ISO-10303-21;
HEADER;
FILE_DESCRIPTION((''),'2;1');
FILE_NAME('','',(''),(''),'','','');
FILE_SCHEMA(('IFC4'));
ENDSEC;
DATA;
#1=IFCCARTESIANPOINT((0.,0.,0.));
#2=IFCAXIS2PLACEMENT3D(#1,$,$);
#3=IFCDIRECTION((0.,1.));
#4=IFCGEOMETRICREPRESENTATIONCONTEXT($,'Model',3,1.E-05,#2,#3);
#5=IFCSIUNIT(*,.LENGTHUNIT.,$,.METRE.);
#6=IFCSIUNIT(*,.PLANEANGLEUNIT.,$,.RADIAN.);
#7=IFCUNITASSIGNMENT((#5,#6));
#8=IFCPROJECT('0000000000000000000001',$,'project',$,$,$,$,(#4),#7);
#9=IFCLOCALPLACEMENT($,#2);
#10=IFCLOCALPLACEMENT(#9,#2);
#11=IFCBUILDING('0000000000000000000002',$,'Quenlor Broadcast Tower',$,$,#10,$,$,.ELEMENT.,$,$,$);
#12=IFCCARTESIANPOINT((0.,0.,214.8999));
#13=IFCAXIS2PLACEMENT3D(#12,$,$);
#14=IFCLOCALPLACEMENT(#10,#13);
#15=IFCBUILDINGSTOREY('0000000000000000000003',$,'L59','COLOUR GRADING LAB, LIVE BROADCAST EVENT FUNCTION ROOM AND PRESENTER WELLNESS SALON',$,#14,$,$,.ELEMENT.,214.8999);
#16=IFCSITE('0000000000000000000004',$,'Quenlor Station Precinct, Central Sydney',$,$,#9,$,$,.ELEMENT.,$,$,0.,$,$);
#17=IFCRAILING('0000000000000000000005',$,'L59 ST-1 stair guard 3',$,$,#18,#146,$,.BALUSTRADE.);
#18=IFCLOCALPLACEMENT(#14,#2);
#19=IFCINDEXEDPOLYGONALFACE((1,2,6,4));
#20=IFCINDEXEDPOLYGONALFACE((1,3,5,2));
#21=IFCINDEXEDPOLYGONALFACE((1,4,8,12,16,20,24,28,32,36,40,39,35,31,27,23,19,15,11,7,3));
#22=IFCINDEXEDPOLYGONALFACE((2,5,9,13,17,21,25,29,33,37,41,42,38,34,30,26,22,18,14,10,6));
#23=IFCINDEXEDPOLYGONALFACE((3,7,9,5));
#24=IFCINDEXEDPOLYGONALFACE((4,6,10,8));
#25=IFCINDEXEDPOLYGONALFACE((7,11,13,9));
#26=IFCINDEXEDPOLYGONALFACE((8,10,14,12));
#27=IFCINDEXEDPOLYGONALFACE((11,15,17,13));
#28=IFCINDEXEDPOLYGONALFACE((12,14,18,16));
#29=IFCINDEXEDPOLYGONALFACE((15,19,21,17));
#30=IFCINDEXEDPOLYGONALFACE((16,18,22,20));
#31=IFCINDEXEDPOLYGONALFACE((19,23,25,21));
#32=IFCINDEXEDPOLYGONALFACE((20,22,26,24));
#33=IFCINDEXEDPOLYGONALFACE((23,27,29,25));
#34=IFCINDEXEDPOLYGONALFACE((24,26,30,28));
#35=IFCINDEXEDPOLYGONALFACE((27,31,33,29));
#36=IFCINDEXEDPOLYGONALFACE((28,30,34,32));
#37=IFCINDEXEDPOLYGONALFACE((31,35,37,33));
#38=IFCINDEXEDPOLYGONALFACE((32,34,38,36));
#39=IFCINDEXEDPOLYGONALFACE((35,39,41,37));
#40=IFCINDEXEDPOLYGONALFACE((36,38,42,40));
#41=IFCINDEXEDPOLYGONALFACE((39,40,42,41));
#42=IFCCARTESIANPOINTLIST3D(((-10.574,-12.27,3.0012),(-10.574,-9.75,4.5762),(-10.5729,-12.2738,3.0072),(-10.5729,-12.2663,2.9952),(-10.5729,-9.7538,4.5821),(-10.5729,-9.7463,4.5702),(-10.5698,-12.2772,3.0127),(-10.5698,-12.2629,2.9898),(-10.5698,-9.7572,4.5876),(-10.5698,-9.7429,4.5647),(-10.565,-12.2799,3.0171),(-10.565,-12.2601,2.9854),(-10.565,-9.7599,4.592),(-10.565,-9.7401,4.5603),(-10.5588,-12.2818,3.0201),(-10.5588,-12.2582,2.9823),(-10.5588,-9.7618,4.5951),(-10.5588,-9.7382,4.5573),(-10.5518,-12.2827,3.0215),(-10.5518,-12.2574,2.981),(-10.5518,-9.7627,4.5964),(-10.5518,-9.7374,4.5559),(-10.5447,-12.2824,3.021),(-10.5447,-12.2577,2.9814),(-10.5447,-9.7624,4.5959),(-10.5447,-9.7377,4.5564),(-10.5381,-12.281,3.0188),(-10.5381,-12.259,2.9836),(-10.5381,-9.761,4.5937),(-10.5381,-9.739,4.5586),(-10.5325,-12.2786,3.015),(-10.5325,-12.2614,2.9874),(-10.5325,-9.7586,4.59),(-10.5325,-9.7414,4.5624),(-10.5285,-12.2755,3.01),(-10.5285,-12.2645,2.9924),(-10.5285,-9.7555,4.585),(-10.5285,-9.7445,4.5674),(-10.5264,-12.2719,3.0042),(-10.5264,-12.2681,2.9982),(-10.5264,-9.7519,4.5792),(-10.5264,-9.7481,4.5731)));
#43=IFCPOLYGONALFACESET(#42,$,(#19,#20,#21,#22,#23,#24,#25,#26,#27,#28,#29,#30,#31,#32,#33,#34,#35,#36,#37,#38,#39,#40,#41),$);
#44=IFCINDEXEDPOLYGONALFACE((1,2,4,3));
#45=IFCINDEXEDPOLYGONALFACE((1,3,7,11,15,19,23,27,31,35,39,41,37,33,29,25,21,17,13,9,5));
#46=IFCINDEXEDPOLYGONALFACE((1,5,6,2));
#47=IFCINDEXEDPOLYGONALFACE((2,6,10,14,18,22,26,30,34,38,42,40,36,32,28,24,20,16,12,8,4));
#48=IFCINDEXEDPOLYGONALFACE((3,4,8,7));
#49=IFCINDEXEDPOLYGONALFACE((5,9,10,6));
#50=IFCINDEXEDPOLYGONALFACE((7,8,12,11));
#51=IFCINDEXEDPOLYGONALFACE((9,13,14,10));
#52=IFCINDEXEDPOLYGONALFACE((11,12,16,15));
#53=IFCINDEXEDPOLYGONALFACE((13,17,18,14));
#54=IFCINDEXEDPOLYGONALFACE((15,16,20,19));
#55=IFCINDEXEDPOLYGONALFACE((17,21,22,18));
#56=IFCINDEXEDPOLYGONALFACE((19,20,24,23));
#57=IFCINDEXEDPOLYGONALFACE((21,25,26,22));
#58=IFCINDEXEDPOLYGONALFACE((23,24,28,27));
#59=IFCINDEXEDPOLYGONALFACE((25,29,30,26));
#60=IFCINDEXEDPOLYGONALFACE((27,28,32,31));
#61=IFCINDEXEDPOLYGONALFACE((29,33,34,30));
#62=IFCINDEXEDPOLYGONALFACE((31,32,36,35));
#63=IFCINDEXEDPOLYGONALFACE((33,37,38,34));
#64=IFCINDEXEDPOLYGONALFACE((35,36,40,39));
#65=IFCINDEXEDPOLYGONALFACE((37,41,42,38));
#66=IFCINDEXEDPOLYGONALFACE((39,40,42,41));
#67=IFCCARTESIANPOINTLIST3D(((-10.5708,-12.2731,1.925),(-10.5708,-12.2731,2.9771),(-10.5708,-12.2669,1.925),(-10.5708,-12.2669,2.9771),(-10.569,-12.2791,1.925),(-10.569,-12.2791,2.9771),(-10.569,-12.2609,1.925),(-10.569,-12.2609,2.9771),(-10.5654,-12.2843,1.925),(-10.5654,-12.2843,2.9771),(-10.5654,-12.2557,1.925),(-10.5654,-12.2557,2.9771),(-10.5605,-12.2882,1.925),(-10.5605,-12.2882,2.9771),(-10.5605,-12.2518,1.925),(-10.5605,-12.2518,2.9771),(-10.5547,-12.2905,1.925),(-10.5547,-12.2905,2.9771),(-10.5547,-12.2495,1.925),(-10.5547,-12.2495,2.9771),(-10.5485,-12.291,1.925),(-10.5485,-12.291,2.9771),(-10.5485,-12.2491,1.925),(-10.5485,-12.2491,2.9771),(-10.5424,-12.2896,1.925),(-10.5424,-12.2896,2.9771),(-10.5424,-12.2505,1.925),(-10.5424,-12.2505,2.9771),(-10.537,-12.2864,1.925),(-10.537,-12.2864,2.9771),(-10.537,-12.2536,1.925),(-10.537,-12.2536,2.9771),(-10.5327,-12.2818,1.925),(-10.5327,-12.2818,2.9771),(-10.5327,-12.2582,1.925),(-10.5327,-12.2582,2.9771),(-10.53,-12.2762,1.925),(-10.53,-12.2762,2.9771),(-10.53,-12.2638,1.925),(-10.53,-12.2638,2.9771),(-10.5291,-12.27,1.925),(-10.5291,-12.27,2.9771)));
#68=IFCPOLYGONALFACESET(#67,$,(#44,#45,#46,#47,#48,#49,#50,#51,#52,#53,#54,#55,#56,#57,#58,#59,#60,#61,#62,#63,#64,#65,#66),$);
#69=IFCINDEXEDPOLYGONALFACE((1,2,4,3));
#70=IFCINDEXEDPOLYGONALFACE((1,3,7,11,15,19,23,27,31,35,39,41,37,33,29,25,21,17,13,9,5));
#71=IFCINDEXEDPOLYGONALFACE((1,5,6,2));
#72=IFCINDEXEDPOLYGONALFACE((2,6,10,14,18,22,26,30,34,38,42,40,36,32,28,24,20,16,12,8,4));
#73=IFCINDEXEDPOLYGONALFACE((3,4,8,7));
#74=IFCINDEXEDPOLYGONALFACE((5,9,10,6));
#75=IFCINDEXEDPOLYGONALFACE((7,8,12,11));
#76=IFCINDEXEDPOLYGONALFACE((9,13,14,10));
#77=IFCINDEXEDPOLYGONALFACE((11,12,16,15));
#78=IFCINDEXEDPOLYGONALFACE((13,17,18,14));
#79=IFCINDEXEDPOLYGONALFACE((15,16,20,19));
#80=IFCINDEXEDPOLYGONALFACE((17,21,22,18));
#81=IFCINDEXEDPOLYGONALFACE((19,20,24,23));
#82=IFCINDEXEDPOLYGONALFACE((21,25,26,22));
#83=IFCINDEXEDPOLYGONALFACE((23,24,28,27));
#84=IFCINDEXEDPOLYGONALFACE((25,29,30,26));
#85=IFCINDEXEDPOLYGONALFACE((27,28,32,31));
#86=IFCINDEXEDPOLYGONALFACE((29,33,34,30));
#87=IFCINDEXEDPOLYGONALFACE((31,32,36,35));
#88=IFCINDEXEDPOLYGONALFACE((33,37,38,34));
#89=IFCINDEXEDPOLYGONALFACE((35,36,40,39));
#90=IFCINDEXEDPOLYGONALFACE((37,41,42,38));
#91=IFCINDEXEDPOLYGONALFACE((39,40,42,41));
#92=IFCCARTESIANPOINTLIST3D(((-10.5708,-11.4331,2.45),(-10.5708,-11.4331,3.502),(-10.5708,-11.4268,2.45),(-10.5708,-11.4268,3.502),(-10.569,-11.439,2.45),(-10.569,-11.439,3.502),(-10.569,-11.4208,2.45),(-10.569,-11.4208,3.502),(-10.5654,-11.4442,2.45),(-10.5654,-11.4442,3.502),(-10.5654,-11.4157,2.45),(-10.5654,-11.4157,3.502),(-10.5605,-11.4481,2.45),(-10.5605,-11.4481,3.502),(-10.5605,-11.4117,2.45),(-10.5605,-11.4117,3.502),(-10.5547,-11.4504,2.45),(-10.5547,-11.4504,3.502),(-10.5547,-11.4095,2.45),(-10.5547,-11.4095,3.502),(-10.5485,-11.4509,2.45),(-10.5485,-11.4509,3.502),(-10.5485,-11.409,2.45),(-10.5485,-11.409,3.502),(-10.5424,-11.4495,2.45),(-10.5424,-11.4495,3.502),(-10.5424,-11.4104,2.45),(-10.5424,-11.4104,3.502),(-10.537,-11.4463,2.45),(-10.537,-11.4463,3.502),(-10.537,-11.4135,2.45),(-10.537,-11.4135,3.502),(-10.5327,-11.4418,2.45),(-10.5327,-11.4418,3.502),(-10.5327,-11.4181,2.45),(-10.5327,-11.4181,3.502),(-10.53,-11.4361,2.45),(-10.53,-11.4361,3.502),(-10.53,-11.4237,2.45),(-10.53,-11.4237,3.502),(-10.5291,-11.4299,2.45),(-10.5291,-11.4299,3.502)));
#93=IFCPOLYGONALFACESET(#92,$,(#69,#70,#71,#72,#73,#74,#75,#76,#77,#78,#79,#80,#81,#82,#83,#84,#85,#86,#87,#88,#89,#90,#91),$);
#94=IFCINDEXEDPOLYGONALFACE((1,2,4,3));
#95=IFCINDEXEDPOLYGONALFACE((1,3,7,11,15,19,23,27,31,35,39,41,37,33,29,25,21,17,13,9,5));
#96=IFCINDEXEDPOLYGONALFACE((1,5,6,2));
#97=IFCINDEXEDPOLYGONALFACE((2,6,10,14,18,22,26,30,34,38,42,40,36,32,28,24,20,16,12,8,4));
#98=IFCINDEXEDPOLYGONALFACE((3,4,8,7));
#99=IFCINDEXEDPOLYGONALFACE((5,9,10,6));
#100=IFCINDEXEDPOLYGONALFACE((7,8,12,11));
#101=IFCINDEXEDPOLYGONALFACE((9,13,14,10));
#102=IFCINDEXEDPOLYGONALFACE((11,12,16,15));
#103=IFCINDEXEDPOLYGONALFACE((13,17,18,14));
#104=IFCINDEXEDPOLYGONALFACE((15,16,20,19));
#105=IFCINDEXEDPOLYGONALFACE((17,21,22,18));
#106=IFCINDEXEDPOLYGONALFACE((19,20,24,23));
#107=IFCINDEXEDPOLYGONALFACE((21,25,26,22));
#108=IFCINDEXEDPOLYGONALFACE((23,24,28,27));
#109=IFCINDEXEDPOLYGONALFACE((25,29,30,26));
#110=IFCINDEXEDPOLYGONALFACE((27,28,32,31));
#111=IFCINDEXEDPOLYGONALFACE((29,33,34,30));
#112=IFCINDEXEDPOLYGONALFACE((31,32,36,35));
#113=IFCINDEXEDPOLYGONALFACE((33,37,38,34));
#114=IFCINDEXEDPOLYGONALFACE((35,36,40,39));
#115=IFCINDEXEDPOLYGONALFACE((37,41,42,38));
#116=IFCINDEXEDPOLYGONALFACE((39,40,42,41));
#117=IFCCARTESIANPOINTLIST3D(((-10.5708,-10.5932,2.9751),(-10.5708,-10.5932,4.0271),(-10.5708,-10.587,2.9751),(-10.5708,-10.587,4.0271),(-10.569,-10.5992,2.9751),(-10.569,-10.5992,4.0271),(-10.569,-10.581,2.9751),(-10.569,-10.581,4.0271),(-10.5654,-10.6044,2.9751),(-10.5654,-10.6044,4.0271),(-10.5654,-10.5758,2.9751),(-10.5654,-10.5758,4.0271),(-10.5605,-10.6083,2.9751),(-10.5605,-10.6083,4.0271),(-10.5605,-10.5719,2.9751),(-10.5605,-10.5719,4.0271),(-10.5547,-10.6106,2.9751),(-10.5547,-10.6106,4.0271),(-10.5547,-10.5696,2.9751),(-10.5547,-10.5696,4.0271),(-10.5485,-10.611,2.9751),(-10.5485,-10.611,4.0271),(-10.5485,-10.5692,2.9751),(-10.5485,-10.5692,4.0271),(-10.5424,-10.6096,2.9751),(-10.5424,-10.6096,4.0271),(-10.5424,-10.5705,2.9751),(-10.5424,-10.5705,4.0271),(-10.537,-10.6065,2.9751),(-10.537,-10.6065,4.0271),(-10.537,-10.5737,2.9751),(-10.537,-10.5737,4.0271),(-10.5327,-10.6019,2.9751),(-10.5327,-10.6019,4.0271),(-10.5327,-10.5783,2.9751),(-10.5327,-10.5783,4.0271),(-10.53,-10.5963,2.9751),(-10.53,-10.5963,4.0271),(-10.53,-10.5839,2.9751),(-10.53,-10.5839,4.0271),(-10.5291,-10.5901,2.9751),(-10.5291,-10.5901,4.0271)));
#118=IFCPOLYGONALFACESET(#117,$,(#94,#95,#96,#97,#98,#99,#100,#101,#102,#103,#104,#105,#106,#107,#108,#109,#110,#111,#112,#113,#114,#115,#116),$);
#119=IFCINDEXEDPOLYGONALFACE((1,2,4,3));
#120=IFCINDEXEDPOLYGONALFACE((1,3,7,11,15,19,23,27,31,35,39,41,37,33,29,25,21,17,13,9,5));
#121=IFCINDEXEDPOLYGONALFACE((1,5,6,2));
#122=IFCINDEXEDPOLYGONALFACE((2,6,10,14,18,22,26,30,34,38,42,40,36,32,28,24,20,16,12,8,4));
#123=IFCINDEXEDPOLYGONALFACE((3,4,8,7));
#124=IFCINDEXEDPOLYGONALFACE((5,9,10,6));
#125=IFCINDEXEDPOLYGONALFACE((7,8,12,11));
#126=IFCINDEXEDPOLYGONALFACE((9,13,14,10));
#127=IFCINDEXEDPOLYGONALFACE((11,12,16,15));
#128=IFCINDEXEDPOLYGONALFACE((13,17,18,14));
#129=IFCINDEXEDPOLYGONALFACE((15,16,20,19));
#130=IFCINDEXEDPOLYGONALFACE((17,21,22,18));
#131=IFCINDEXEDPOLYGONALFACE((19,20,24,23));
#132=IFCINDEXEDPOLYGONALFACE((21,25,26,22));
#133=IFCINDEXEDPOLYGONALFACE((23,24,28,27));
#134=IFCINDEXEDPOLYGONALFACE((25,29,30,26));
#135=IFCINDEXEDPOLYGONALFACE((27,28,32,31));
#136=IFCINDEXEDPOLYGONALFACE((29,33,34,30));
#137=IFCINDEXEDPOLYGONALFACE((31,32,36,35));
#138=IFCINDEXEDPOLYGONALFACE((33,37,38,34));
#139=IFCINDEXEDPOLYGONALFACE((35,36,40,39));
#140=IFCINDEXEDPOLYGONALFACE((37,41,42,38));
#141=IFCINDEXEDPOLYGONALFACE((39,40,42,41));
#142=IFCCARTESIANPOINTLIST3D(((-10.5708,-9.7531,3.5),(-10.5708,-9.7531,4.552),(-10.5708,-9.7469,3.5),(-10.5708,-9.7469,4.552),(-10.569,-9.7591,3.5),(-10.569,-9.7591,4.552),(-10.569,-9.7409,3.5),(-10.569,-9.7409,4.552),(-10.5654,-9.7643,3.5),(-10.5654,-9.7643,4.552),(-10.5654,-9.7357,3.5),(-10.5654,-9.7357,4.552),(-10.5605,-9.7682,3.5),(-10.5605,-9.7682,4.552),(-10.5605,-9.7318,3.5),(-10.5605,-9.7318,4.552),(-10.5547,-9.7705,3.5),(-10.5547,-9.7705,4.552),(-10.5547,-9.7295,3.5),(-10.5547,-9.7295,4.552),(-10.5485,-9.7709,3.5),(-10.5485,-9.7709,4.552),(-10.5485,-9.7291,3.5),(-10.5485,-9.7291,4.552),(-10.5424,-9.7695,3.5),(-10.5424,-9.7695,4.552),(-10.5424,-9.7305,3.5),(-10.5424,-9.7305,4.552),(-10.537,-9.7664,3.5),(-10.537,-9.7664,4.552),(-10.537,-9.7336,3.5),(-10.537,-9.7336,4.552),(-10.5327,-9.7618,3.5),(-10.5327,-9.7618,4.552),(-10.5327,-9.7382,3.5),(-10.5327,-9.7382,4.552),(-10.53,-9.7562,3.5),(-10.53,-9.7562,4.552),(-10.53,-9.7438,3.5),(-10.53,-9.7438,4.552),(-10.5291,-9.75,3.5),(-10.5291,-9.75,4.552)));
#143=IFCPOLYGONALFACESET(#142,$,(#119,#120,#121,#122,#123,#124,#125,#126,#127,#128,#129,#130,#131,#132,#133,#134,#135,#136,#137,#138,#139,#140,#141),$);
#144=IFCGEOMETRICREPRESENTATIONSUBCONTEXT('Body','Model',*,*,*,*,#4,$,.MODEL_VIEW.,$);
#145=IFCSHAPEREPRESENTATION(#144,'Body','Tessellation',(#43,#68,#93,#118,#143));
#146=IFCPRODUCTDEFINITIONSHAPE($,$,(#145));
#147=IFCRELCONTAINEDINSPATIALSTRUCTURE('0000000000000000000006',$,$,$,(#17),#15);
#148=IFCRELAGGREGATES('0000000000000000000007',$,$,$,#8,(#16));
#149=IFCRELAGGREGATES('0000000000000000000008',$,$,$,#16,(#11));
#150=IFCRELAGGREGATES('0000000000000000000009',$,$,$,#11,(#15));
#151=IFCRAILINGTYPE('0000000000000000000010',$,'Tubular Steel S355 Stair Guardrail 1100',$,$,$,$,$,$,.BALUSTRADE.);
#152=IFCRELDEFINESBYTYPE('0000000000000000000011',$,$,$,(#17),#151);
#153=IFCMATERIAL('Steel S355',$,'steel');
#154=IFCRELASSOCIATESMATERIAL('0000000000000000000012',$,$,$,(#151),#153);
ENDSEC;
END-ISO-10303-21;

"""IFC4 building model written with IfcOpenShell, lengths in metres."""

from ifc_helpers import new_model, si_unit, direction, frame, origin, origin_2d, place, context, subcontext, project, spatial, circle, extrude, material, type_object, element, save


model = new_model("IFC4")

# Units and contexts
model_context = context("Model", 3, precision=1e-05, world=origin(), true_north=direction((0.0, 1.0)))
body_context = subcontext(model_context, "Body", "Model", "MODEL_VIEW")
ifc_project = project(units=[si_unit("LENGTHUNIT", "METRE"), si_unit("PLANEANGLEUNIT", "RADIAN")], contexts=[model_context])

# Site, building, storey
site_placement = place(None, origin())
site = spatial("IfcSite", under=ifc_project, at=site_placement, Name="Quenlor Station Precinct, Central Sydney", CompositionType="ELEMENT", RefElevation=0.0)
building_placement = place(site_placement, origin())
building = spatial("IfcBuilding", under=site, at=building_placement, Name="Quenlor Broadcast Tower", CompositionType="ELEMENT")
storey_placement = place(building_placement, frame((0.0, 0.0, 214.8999)))
storey = spatial("IfcBuildingStorey", under=building, at=storey_placement, Name="L59", Description="COLOUR GRADING LAB, LIVE BROADCAST EVENT FUNCTION ROOM AND PRESENTER WELLNESS SALON", CompositionType="ELEMENT", Elevation=214.8999)

# Railing
ifc_material_1 = material(Name="Steel S355", Category="steel")
railing_type_1 = type_object("IfcRailingType", Name="Tubular Steel S355 Stair Guardrail 1100", PredefinedType="BALUSTRADE", material=ifc_material_1)
railing_1_placement = place(storey_placement, frame((-10.55, -12.27, 1.925)))
element("IfcRailing", 1, at=railing_1_placement, inside=storey, type_object=railing_type_1, Name="L59 ST-1 stair guard 3", PredefinedType="BALUSTRADE", context=body_context, shape_type="SweptSolid", body=[
    extrude(circle(Radius=0.0239, at=origin_2d()), frame((0.0, 0.0, 1.0762), z_axis=(0.0, 0.848008, 0.529984), x_axis=(-1.0, 0.0, 0.0)), (0.0, 0.0, 1.0), 2.9717),
    extrude(circle(Radius=0.021, at=origin_2d()), origin(), (0.0, 0.0, 1.0), 1.052),
    extrude(circle(Radius=0.021, at=origin_2d()), frame((0.0, 0.8401, 0.5249)), (0.0, 0.0, 1.0), 1.052),
    extrude(circle(Radius=0.021, at=origin_2d()), frame((0.0, 1.6799, 1.05)), (0.0, 0.0, 1.0), 1.052),
    extrude(circle(Radius=0.021, at=origin_2d()), frame((0.0, 2.52, 1.575)), (0.0, 0.0, 1.0), 1.052),
])

save(model, "model.ifc")
